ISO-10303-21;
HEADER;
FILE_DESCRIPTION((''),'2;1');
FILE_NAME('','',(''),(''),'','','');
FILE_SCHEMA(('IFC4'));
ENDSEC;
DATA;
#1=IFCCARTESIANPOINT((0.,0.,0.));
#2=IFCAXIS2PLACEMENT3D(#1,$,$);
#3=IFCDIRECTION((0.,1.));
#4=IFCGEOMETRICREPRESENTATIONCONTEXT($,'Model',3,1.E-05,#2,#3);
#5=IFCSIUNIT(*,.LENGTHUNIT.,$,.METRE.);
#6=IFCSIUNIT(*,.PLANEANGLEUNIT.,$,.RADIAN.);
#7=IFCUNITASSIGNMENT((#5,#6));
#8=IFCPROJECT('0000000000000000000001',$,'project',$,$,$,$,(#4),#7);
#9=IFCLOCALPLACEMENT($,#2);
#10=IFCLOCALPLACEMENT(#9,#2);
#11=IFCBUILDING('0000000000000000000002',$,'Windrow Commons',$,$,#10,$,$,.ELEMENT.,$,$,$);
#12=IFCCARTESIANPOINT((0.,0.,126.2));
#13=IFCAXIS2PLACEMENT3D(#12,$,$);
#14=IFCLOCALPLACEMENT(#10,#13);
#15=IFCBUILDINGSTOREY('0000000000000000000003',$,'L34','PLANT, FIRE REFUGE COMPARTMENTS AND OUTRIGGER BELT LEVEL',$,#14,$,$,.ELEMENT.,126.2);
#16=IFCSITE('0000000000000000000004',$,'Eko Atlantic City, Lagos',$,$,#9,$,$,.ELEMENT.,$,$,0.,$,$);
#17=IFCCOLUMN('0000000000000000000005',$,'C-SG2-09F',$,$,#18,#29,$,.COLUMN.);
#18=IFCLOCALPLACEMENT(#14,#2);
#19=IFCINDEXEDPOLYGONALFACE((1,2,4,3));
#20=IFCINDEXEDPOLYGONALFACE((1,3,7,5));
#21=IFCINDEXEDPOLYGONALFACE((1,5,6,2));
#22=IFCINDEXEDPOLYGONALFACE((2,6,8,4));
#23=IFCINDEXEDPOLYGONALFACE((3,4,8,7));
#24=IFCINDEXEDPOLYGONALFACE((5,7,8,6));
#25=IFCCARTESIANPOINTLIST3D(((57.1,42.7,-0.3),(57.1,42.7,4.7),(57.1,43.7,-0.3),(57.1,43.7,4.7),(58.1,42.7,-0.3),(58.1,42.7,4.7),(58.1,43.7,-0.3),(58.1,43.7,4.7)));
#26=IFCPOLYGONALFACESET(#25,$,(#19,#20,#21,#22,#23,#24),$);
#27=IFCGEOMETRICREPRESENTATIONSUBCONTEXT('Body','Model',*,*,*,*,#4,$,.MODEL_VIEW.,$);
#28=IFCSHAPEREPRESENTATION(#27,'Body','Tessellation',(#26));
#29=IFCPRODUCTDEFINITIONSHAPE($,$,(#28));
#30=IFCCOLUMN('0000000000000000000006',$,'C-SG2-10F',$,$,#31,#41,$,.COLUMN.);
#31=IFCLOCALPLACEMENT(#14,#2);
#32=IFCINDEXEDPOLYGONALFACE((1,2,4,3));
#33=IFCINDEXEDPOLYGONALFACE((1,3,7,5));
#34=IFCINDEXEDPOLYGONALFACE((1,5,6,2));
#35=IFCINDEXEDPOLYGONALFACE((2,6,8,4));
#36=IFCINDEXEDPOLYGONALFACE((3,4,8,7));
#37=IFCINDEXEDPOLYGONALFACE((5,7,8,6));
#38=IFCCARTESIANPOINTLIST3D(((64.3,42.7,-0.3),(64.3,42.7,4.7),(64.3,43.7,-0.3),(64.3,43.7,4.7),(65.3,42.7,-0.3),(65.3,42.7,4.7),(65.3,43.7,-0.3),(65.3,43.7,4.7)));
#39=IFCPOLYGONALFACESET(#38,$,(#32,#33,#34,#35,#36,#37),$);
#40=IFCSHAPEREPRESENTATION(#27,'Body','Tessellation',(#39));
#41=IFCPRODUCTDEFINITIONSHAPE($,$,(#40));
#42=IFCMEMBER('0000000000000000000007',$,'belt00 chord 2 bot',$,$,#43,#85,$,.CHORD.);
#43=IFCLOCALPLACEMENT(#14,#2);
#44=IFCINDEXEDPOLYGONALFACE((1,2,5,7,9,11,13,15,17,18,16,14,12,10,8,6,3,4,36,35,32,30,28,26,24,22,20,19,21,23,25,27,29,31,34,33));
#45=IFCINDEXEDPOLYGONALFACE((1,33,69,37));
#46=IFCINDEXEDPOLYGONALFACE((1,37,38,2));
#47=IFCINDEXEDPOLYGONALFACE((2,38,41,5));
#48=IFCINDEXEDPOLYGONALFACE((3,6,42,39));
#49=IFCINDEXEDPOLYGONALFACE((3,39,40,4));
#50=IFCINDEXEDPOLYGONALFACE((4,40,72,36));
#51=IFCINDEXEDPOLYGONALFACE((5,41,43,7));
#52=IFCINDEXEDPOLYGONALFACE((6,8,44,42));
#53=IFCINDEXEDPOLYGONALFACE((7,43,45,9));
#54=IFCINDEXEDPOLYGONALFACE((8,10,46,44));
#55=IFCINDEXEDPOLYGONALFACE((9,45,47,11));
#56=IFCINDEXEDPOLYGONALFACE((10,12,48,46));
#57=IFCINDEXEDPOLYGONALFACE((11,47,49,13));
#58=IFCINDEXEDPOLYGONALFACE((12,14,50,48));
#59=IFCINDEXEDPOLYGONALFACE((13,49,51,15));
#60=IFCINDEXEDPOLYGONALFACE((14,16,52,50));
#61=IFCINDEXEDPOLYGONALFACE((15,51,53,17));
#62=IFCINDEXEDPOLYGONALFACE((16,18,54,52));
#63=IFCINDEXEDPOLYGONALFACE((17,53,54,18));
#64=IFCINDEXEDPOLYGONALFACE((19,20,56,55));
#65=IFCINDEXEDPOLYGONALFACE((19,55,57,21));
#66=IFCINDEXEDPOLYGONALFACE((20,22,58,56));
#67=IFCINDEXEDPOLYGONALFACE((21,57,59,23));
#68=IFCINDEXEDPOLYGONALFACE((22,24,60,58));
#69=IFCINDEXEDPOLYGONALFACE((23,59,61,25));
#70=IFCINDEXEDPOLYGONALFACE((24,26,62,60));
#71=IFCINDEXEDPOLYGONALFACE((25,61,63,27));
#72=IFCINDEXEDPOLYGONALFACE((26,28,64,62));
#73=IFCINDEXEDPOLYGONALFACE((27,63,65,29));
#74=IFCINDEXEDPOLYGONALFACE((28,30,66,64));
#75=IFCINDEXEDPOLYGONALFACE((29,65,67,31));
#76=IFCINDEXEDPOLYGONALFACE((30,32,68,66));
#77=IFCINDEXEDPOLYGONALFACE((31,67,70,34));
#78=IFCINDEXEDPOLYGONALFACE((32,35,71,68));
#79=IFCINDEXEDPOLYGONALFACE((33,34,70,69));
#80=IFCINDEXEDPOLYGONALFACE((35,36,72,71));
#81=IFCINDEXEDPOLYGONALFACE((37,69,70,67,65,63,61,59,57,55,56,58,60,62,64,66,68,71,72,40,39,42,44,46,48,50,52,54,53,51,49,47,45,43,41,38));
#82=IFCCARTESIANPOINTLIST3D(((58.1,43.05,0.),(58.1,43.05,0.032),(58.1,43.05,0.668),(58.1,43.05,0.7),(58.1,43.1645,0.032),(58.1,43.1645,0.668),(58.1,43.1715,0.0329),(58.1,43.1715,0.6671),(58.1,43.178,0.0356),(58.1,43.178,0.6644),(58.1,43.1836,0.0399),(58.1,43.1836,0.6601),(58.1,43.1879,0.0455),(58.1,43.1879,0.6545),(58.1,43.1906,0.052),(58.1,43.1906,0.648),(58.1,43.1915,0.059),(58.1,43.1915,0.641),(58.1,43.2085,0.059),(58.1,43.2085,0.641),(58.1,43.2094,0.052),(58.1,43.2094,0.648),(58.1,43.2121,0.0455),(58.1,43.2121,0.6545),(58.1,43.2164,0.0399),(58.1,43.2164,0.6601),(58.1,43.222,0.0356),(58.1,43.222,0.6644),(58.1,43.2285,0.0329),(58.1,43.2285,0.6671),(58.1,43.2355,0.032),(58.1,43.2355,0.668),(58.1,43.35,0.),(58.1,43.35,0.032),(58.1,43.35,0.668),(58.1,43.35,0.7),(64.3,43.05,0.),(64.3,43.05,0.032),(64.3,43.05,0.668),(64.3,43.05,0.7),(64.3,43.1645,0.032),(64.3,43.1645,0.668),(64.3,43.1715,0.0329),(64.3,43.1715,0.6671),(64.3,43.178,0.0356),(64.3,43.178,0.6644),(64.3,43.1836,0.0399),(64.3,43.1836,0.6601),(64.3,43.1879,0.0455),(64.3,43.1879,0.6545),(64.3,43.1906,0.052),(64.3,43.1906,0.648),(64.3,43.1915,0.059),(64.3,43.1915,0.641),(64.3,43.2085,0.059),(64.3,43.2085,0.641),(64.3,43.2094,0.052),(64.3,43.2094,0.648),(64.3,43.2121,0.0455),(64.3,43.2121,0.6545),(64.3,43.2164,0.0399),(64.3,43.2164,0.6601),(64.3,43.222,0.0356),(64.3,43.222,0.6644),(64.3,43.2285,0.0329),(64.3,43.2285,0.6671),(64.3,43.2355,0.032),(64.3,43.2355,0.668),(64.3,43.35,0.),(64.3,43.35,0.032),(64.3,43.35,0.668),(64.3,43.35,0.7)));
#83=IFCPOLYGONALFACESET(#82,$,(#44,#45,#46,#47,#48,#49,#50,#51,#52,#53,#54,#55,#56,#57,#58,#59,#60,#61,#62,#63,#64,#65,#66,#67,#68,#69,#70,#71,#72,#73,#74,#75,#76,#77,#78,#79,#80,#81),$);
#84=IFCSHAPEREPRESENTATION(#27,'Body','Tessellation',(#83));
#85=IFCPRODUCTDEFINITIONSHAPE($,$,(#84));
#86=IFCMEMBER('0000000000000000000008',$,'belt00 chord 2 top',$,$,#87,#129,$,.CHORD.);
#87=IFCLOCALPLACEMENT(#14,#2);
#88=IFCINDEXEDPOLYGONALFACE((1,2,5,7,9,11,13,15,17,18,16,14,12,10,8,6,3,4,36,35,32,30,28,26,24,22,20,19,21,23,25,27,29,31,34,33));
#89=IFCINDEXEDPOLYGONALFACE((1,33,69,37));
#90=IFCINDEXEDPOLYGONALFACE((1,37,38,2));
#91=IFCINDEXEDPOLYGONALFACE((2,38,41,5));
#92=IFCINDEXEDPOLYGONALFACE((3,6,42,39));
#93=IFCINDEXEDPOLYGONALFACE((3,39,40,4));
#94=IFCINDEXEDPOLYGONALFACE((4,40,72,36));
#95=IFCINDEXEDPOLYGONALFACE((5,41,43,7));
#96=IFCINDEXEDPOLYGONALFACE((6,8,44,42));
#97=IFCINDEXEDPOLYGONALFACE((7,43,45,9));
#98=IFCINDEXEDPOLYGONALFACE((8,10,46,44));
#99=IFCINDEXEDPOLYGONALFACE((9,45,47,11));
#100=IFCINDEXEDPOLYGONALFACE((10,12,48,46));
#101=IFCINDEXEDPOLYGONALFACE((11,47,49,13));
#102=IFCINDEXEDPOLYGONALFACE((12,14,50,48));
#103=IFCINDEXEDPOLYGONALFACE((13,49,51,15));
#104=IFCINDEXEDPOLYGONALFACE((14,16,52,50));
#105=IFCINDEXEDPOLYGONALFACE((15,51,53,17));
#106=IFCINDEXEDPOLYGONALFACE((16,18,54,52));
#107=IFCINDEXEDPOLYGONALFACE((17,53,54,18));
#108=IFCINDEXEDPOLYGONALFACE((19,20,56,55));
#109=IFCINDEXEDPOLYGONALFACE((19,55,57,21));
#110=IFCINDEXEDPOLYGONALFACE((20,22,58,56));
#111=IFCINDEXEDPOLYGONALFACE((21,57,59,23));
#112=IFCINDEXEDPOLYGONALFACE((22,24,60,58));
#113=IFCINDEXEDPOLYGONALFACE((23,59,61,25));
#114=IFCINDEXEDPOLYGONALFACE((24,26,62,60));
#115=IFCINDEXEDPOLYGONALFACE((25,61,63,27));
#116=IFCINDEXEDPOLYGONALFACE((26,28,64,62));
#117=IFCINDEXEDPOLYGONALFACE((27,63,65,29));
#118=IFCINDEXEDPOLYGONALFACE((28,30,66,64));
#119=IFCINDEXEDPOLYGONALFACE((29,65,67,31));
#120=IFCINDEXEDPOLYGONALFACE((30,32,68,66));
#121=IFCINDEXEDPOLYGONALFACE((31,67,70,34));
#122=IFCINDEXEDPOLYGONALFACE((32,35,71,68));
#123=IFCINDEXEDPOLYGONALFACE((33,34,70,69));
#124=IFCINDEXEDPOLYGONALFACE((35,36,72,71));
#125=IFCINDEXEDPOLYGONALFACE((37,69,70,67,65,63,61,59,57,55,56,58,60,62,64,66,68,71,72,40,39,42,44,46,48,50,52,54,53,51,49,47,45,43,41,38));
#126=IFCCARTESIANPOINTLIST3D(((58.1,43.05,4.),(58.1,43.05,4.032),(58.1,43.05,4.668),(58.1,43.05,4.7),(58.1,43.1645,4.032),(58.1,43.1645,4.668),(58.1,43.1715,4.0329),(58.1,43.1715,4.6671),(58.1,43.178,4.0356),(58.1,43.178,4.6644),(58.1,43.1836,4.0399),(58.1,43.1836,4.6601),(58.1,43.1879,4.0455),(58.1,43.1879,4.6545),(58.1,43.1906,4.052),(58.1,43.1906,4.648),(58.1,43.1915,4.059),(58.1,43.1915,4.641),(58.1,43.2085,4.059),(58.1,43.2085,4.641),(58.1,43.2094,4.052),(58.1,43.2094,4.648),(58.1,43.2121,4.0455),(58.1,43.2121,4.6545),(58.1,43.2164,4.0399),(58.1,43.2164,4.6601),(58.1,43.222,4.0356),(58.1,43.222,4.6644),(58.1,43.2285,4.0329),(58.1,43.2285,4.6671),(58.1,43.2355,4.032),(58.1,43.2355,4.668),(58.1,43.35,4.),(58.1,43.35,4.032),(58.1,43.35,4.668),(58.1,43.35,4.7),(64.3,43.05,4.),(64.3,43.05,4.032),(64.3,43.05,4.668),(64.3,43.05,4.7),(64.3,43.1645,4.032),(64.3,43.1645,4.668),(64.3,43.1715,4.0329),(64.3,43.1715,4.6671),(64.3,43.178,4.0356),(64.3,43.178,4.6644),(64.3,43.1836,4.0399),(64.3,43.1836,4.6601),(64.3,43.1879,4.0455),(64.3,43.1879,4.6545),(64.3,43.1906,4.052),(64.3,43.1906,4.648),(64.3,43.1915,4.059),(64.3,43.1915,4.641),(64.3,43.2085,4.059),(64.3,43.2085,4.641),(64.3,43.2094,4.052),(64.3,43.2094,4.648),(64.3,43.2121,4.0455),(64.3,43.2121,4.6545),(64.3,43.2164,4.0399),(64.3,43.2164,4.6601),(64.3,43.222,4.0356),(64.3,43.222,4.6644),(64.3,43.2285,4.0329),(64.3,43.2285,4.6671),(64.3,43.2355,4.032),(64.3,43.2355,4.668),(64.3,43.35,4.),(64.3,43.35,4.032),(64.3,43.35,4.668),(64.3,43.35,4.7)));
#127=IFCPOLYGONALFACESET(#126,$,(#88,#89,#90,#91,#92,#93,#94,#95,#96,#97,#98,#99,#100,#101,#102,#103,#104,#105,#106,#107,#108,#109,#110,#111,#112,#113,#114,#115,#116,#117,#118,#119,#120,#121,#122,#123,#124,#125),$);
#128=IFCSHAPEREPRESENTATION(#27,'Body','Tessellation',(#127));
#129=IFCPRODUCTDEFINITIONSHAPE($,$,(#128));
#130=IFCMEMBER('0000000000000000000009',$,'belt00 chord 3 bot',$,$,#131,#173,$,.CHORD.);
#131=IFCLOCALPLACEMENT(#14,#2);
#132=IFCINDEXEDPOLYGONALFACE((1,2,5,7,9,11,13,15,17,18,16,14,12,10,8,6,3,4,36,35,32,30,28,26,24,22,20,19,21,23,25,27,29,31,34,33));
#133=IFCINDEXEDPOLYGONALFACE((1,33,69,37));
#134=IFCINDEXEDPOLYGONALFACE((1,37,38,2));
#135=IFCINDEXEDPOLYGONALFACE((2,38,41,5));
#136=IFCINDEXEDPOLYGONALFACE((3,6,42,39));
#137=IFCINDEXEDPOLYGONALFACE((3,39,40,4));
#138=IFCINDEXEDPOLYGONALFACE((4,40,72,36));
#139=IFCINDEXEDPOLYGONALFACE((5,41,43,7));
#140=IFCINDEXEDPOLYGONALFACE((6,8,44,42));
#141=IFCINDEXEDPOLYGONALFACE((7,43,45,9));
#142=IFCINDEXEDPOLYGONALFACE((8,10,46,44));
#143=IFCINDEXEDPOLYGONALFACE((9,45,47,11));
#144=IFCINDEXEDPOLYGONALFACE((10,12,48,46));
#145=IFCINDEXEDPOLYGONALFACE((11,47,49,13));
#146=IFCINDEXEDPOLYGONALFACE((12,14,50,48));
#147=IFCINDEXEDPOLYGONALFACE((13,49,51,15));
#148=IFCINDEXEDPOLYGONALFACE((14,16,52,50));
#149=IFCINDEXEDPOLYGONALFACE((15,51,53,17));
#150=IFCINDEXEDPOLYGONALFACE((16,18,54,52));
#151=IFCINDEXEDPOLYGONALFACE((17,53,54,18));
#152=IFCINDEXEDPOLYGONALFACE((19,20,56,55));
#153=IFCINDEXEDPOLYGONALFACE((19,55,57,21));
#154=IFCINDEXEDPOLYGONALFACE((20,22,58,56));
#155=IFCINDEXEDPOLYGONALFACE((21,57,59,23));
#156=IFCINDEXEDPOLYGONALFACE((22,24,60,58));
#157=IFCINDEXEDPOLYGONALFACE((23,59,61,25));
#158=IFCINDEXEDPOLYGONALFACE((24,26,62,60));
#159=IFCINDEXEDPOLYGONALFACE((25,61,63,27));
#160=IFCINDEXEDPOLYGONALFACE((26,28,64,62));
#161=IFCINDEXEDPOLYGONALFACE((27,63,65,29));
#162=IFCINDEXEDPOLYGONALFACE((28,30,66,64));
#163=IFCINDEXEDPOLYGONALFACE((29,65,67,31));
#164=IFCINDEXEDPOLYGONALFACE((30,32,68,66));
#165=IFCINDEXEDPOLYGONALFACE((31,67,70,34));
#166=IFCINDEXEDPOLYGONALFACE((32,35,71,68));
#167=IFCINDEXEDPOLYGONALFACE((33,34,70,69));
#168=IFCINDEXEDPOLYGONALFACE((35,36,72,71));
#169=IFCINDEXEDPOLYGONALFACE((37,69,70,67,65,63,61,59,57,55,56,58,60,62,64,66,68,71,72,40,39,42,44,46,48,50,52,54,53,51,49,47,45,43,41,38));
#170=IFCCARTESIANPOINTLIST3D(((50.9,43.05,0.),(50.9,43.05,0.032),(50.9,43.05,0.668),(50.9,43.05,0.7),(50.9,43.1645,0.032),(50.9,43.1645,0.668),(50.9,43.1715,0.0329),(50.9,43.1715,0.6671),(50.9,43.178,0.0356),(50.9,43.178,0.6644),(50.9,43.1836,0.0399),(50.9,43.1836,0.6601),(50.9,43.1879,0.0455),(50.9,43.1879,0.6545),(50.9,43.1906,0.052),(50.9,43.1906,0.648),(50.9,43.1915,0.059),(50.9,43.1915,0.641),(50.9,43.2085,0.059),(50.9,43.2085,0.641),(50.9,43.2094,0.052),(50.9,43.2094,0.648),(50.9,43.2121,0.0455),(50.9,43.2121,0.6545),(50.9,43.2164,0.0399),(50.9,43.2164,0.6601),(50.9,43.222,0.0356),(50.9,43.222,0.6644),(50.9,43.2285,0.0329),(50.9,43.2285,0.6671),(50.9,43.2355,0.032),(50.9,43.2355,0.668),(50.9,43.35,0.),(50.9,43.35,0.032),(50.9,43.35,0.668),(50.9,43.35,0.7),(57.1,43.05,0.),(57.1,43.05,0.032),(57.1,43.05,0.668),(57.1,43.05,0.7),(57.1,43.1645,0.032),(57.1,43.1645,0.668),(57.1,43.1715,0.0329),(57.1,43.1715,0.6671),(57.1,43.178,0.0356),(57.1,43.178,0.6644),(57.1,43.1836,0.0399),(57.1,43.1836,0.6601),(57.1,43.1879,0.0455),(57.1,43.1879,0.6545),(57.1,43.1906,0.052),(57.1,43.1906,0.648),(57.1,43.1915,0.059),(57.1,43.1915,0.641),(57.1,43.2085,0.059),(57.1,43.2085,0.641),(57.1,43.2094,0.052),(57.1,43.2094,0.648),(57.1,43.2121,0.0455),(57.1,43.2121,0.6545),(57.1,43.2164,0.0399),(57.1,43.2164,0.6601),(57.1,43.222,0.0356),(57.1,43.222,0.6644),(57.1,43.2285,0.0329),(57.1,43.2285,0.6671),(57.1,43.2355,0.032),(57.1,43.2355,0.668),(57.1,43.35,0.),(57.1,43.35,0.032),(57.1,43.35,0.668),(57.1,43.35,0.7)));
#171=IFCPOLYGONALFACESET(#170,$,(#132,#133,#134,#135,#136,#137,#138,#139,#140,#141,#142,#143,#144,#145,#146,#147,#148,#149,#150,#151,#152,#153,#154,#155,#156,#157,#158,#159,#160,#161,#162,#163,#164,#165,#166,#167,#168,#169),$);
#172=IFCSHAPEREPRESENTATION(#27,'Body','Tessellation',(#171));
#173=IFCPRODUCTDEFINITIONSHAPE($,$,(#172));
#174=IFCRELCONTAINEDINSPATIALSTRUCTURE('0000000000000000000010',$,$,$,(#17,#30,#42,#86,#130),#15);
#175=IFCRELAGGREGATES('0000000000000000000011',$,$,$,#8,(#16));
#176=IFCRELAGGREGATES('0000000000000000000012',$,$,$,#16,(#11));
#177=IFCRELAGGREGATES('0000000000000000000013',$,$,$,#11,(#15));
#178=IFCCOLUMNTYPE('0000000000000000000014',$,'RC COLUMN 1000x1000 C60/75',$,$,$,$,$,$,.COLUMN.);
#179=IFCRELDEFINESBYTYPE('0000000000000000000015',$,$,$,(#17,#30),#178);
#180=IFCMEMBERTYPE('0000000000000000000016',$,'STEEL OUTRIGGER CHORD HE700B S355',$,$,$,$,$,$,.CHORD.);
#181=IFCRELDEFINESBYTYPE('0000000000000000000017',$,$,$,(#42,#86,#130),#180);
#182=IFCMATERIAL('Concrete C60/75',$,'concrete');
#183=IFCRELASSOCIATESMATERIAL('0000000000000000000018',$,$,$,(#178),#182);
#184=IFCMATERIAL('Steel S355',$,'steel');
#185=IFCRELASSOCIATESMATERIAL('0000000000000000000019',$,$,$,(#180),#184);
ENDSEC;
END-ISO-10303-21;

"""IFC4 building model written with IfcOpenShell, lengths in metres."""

from ifc_helpers import new_model, si_unit, direction, frame, origin, origin_2d, place, context, subcontext, project, spatial, rectangle, i_section, extrude, material, material_profile, profile_set, type_object, element, save


model = new_model("IFC4")

# Units and contexts
model_context = context("Model", 3, precision=1e-05, world=origin(), true_north=direction((0.0, 1.0)))
body_context = subcontext(model_context, "Body", "Model", "MODEL_VIEW")
ifc_project = project(units=[si_unit("LENGTHUNIT", "METRE"), si_unit("PLANEANGLEUNIT", "RADIAN")], contexts=[model_context])

# Site, building, storey
site_placement = place(None, origin())
site = spatial("IfcSite", under=ifc_project, at=site_placement, Name="Eko Atlantic City, Lagos", CompositionType="ELEMENT", RefElevation=0.0)
building_placement = place(site_placement, origin())
building = spatial("IfcBuilding", under=site, at=building_placement, Name="Windrow Commons", CompositionType="ELEMENT")
storey_placement = place(building_placement, frame((0.0, 0.0, 126.2)))
storey = spatial("IfcBuildingStorey", under=building, at=storey_placement, Name="L34", Description="PLANT, FIRE REFUGE COMPARTMENTS AND OUTRIGGER BELT LEVEL", CompositionType="ELEMENT", Elevation=126.2)

# Columns
ifc_material_1 = material(Name="Concrete C60/75", Category="concrete")
ifc_material_profile_1 = material_profile(ifc_material_1, rectangle(XDim=1.0, YDim=1.0, at=origin_2d()))
ifc_profile_set_1 = profile_set([ifc_material_profile_1], Name="Concrete C60/75")
column_type = type_object("IfcColumnType", Name="RC COLUMN 1000x1000 C60/75", PredefinedType="COLUMN", material=ifc_profile_set_1)
for number, where, z_axis, x_axis, name in (
    (1, (57.6, 43.2, -0.3), (0.0, 0.0, 1.0), (1.0, 0.0, 0.0), "C-SG2-09F"),
    (2, (64.8, 43.2, -0.3), (0.0, 0.0, 1.0), (1.0, 0.0, 0.0), "C-SG2-10F"),
):
    element("IfcColumn", number, at=place(storey_placement, frame(where, z_axis=z_axis, x_axis=x_axis)), inside=storey, type_object=column_type, Name=name, PredefinedType="COLUMN", context=body_context, shape_type="SweptSolid", body=[
        extrude(rectangle(XDim=1.0, YDim=1.0, at=origin_2d()), origin(), (0.0, 0.0, 1.0), 5.0),
    ])

# Members
ifc_material_2 = material(Name="Steel S355", Category="steel")
ifc_material_profile_2 = material_profile(ifc_material_2, i_section(OverallWidth=0.3, OverallDepth=0.7, WebThickness=0.017, FlangeThickness=0.032, FilletRadius=0.027, at=origin_2d()))
ifc_profile_set_2 = profile_set([ifc_material_profile_2], Name="Steel S355")
member_type_1 = type_object("IfcMemberType", Name="STEEL OUTRIGGER CHORD HE700B S355", PredefinedType="CHORD", material=ifc_profile_set_2)
for number, where, z_axis, x_axis, name in (
    (3, (64.3, 43.2, 0.35), (-1.0, 0.0, 0.0), (0.0, -1.0, 0.0), "belt00 chord 2 bot"),
    (4, (64.3, 43.2, 4.35), (-1.0, 0.0, 0.0), (0.0, -1.0, 0.0), "belt00 chord 2 top"),
    (5, (57.1, 43.2, 0.35), (-1.0, 0.0, 0.0), (0.0, -1.0, 0.0), "belt00 chord 3 bot"),
):
    element("IfcMember", number, at=place(storey_placement, frame(where, z_axis=z_axis, x_axis=x_axis)), inside=storey, type_object=member_type_1, Name=name, PredefinedType="CHORD", context=body_context, shape_type="SweptSolid", body=[
        extrude(i_section(OverallWidth=0.3, OverallDepth=0.7, WebThickness=0.017, FlangeThickness=0.032, FilletRadius=0.027, at=origin_2d()), origin(), (0.0, 0.0, 1.0), 6.2),
    ])

save(model, "model.ifc")
